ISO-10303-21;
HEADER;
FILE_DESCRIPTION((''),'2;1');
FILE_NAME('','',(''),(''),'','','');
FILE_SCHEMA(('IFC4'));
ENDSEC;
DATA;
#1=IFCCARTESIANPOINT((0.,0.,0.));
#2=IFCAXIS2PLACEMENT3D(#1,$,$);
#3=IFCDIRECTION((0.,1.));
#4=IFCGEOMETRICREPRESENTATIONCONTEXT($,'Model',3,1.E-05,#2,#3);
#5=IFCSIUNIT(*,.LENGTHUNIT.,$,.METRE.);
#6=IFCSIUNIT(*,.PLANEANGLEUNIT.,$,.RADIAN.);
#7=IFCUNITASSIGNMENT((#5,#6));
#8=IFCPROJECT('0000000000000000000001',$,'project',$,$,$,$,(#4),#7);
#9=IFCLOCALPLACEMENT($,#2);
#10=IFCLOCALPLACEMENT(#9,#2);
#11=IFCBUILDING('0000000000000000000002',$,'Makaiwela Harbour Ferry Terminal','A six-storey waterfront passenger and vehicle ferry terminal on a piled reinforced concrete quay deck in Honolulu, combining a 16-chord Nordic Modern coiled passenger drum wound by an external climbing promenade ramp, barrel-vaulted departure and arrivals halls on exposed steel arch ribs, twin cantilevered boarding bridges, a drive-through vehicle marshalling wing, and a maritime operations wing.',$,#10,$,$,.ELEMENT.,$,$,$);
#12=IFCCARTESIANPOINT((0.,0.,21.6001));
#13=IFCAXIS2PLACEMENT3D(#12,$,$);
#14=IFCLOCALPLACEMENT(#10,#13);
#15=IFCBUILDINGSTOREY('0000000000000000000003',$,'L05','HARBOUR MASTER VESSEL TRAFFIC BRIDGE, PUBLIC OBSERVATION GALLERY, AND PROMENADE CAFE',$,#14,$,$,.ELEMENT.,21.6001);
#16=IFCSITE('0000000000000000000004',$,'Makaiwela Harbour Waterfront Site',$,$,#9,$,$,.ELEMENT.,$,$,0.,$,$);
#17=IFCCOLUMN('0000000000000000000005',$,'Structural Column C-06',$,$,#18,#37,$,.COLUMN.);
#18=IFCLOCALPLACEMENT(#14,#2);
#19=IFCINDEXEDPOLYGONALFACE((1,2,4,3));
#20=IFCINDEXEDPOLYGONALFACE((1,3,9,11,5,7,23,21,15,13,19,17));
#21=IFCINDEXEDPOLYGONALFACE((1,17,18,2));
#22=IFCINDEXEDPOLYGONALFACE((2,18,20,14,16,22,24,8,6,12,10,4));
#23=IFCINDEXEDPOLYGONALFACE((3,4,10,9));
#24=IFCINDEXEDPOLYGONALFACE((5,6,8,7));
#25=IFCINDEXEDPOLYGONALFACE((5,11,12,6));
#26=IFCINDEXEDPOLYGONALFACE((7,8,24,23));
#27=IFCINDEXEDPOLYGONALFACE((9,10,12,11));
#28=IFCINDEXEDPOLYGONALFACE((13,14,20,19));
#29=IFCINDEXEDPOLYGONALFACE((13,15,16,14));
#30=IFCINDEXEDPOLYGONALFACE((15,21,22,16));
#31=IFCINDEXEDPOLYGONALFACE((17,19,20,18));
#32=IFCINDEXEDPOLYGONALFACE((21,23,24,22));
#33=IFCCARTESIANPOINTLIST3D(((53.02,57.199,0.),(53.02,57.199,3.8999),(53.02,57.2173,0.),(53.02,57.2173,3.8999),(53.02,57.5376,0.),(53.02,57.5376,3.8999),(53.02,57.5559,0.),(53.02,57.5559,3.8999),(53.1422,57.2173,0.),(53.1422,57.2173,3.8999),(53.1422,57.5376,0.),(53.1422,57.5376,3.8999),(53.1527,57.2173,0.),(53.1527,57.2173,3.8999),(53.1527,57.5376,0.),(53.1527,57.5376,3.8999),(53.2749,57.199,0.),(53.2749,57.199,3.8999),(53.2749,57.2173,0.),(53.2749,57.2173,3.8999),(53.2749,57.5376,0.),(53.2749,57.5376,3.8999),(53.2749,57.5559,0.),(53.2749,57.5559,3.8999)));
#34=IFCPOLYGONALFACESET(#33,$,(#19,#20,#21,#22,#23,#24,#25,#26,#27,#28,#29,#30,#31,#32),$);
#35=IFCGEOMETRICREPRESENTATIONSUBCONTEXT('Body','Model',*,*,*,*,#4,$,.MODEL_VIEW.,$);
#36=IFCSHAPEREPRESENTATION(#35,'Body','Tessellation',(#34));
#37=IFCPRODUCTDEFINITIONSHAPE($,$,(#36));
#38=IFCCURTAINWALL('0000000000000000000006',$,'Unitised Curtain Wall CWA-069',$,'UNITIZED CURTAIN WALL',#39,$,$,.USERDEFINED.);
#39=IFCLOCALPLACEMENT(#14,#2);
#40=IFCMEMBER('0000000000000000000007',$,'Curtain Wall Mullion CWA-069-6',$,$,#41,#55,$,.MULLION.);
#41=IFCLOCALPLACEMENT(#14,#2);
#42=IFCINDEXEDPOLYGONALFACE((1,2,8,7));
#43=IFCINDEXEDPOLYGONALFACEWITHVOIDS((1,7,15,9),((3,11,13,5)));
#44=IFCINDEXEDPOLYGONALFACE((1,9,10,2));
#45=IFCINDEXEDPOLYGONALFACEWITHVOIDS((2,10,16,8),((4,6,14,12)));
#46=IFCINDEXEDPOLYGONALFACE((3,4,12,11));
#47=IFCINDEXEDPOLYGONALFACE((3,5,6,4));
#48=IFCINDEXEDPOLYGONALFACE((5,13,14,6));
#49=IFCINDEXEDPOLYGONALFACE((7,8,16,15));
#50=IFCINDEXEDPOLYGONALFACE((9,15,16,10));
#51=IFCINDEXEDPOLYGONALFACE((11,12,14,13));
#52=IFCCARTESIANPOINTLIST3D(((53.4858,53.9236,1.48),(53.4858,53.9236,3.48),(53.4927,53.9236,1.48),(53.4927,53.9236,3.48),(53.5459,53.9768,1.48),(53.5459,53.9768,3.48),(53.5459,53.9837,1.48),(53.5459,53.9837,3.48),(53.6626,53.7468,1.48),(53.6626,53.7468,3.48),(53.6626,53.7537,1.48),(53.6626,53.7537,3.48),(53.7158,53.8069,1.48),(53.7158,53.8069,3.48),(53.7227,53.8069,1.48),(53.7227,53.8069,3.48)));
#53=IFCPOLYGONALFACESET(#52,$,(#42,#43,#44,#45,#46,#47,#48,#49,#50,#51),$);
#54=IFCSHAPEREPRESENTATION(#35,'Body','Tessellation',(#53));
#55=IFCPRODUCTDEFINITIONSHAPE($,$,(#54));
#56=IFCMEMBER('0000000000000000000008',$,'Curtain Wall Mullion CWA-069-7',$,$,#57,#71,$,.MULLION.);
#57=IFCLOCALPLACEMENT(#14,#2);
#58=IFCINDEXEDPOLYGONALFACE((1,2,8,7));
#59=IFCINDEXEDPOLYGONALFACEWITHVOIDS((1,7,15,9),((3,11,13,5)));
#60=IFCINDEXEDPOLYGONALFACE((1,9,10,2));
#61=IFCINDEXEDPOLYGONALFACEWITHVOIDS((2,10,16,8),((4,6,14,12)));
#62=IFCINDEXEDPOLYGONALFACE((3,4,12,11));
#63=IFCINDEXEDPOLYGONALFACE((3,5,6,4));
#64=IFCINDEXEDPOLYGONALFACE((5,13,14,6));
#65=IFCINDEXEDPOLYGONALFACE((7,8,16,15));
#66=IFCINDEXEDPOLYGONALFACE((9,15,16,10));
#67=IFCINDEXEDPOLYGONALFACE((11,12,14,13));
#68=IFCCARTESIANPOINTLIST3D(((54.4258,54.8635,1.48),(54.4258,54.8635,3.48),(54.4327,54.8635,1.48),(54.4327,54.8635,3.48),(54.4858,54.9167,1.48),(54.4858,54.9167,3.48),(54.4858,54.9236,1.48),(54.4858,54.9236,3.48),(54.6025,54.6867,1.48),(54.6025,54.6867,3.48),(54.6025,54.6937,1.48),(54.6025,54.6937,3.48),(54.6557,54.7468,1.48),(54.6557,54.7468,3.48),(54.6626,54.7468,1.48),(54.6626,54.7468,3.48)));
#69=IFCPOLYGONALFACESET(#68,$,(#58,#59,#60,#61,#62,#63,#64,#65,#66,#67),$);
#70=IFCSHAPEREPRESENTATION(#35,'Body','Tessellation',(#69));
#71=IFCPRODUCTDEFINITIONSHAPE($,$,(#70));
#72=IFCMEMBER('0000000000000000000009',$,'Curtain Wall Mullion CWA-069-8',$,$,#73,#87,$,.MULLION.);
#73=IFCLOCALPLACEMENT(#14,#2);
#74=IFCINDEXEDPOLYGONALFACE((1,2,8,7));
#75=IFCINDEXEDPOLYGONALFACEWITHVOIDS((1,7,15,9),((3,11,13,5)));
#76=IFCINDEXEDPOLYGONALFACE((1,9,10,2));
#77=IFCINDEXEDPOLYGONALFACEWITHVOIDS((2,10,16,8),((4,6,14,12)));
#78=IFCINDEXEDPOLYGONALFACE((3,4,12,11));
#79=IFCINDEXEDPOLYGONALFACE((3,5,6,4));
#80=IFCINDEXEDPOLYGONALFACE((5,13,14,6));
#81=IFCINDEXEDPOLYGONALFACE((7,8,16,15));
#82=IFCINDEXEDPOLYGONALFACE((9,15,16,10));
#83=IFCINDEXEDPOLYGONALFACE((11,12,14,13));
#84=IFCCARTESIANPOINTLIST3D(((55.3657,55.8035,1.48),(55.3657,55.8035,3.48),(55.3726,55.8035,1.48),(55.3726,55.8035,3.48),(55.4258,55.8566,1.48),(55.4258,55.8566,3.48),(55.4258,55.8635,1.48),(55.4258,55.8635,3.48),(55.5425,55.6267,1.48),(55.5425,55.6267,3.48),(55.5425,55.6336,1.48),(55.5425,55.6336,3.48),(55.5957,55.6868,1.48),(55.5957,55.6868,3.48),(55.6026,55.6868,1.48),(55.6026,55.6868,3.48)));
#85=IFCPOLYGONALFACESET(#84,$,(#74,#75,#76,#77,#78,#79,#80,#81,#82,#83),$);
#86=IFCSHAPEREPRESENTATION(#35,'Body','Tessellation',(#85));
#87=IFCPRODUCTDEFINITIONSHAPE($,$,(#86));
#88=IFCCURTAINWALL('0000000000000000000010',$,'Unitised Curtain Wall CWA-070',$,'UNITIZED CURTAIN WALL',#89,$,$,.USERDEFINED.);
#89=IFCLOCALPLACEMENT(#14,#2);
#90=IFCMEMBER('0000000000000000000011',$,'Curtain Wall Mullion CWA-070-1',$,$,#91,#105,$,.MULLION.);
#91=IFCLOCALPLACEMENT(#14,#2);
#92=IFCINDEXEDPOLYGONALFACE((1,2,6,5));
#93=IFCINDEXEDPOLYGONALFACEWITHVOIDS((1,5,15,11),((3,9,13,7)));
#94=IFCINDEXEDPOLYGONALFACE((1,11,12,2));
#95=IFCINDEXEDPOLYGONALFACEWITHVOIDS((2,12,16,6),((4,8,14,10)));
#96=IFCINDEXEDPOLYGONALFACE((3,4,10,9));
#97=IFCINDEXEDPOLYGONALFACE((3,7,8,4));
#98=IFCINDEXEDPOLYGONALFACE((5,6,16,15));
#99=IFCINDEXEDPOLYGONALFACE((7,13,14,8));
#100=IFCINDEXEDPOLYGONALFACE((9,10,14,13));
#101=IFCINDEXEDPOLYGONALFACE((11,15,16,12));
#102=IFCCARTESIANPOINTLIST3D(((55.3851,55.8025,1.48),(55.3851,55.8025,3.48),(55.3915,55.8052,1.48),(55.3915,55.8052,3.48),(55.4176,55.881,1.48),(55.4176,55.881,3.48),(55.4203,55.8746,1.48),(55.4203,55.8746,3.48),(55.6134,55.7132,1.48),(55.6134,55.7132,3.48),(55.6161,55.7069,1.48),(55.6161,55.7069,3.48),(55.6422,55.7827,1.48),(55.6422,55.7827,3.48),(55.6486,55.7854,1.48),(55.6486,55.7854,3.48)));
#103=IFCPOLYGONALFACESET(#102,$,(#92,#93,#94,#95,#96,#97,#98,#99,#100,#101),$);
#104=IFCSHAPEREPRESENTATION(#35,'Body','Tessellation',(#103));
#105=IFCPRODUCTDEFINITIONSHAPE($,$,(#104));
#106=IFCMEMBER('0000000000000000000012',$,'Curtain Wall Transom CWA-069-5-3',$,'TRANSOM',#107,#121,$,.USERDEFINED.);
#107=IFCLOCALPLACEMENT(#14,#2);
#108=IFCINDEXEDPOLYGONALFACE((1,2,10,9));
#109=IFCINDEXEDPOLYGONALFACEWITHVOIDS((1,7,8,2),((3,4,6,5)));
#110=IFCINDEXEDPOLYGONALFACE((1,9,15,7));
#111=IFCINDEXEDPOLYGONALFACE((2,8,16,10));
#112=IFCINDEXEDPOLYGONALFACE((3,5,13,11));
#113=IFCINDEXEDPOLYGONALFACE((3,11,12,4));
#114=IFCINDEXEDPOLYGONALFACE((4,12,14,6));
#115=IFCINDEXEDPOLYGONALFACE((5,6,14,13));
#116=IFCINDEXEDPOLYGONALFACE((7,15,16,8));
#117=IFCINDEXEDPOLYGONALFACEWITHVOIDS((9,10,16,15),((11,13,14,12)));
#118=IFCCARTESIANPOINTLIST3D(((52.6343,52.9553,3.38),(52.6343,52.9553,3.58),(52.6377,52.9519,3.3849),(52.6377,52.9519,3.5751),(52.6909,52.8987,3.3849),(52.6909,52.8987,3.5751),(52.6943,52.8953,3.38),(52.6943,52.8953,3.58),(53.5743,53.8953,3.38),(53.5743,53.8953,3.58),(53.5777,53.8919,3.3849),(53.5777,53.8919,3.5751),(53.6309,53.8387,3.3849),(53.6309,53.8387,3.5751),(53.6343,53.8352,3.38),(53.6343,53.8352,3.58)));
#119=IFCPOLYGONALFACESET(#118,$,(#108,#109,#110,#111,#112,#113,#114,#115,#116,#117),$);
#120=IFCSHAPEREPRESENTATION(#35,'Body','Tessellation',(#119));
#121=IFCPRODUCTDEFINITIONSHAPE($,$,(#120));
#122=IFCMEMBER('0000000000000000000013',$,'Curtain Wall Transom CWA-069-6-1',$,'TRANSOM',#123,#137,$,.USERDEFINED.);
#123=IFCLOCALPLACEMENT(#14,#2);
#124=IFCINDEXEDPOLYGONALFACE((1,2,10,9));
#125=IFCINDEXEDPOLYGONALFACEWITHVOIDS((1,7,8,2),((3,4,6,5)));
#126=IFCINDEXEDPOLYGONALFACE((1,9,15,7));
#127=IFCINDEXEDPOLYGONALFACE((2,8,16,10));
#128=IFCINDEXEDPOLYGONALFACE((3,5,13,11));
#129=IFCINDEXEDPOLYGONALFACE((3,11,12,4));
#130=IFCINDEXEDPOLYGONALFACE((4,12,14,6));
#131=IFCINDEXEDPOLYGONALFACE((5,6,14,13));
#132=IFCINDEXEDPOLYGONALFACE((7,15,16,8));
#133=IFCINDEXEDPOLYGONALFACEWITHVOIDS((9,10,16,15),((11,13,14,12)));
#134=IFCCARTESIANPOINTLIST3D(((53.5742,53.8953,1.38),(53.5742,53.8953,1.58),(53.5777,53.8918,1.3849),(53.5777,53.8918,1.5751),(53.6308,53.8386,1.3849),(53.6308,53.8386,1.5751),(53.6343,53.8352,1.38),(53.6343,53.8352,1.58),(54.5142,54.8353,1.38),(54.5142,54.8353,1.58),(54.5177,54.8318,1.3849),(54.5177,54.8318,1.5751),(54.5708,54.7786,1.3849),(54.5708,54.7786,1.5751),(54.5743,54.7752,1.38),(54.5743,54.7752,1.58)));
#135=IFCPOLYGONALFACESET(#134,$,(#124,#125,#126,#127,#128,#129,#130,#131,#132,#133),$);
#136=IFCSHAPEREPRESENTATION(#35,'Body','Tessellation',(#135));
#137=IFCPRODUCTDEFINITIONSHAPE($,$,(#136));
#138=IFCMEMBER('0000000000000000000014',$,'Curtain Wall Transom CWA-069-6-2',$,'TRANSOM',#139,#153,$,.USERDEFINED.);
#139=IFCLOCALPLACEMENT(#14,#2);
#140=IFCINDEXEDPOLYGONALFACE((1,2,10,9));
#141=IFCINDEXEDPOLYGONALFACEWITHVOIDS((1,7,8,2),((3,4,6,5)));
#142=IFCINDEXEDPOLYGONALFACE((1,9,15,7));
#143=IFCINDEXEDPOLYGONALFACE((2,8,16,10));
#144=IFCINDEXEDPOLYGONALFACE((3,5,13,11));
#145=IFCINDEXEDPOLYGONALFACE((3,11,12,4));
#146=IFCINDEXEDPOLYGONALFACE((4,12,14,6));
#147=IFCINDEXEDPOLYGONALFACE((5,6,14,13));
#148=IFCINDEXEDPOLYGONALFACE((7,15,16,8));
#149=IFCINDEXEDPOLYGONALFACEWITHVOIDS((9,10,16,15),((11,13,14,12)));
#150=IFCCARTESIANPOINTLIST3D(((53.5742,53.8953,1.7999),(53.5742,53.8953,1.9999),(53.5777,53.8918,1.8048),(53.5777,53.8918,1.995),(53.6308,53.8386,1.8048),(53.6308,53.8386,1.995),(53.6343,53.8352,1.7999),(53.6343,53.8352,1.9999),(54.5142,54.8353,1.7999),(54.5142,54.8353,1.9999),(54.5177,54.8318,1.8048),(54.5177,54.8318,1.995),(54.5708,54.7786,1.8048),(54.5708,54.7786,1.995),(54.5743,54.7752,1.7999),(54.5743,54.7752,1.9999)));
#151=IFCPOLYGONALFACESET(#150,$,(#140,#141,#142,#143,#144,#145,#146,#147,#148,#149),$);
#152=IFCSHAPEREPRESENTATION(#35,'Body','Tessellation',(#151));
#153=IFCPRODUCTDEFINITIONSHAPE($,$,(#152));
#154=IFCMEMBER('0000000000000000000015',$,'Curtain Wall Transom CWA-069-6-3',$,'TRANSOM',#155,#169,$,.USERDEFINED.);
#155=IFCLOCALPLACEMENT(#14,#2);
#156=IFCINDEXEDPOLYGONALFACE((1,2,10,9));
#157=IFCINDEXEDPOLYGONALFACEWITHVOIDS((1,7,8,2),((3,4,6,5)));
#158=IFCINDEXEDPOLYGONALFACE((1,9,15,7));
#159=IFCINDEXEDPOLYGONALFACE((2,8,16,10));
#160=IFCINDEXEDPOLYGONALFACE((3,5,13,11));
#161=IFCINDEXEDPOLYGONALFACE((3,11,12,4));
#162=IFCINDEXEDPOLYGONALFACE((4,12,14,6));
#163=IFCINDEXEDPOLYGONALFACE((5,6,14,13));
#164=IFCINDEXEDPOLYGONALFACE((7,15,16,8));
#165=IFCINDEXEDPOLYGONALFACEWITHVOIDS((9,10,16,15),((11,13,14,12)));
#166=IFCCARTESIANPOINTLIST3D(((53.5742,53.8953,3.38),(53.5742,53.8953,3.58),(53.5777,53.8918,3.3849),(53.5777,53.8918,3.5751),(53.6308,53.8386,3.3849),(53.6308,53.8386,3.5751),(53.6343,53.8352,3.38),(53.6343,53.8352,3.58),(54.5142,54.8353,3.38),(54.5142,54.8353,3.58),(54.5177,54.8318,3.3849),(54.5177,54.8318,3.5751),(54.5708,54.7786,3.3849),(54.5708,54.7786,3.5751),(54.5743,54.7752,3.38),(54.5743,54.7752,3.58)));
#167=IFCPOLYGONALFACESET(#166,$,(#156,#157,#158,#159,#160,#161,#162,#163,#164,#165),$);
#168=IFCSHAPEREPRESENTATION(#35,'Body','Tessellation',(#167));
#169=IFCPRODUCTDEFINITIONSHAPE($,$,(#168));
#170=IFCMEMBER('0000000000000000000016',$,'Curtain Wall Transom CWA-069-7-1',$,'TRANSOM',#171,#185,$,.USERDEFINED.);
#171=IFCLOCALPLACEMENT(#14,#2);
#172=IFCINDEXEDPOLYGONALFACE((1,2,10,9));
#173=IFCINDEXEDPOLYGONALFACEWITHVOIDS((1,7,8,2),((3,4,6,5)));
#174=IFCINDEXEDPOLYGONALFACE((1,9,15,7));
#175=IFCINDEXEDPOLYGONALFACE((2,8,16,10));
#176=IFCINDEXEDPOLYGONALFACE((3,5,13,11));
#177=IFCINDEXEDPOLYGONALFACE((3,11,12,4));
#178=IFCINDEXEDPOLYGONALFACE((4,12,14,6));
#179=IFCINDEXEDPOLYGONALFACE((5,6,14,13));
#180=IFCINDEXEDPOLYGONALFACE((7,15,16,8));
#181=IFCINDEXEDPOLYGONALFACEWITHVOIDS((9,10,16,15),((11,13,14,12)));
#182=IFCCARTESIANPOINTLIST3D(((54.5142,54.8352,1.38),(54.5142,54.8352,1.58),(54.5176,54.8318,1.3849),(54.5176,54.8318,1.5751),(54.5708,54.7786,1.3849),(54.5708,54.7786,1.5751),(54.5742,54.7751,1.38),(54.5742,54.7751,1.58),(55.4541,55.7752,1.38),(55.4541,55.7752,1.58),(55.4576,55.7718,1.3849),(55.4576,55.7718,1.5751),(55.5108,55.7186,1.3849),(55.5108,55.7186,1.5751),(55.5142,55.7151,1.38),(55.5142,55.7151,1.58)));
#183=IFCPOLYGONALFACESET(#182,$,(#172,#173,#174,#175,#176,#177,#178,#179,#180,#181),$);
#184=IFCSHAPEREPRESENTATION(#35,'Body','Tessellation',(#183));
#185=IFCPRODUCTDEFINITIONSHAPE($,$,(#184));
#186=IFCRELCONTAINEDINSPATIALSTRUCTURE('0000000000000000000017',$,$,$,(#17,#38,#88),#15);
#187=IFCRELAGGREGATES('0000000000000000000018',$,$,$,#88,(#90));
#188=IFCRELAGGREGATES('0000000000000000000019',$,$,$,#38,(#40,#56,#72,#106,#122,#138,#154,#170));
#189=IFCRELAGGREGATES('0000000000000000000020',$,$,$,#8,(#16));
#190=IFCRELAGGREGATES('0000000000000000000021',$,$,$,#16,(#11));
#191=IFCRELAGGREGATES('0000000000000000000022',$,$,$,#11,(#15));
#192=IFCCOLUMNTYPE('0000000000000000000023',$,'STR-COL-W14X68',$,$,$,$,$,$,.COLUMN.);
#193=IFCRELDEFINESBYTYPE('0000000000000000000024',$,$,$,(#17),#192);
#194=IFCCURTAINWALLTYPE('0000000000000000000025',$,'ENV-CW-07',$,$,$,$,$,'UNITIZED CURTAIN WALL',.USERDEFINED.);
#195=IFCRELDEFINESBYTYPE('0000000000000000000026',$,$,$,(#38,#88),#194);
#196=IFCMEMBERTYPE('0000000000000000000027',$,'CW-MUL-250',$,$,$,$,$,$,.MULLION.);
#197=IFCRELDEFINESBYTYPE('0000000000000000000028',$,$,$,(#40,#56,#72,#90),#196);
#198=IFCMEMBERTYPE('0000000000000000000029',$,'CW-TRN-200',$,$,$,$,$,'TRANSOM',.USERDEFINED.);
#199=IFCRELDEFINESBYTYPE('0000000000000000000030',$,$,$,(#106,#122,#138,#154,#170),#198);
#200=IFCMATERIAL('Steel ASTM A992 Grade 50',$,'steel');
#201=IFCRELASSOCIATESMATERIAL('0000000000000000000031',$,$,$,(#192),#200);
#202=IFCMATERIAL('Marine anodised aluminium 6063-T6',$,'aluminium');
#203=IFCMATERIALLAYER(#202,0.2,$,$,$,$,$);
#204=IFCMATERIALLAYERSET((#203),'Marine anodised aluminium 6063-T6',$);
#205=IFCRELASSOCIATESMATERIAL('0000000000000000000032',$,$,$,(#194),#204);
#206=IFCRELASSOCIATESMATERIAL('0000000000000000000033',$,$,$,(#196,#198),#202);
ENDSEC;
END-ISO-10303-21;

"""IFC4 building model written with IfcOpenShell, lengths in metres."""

from ifc_helpers import new_model, si_unit, direction, frame, origin, origin_2d, place, context, subcontext, project, spatial, hollow_rectangle, i_section, extrude, material, layer, layer_set, material_profile, profile_set, type_object, element, aggregate, save


model = new_model("IFC4")

# Units and contexts
model_context = context("Model", 3, precision=1e-05, world=origin(), true_north=direction((0.0, 1.0)))
body_context = subcontext(model_context, "Body", "Model", "MODEL_VIEW")
ifc_project = project(units=[si_unit("LENGTHUNIT", "METRE"), si_unit("PLANEANGLEUNIT", "RADIAN")], contexts=[model_context])

# Site, building, storey
site_placement = place(None, origin())
site = spatial("IfcSite", under=ifc_project, at=site_placement, Name="Makaiwela Harbour Waterfront Site", CompositionType="ELEMENT", RefElevation=0.0)
building_placement = place(site_placement, origin())
building = spatial("IfcBuilding", under=site, at=building_placement, Name="Makaiwela Harbour Ferry Terminal", Description="A six-storey waterfront passenger and vehicle ferry terminal on a piled reinforced concrete quay deck in Honolulu, combining a 16-chord Nordic Modern coiled passenger drum wound by an external climbing promenade ramp, barrel-vaulted departure and arrivals halls on exposed steel arch ribs, twin cantilevered boarding bridges, a drive-through vehicle marshalling wing, and a maritime operations wing.", CompositionType="ELEMENT")
storey_placement = place(building_placement, frame((0.0, 0.0, 21.6001)))
storey = spatial("IfcBuildingStorey", under=building, at=storey_placement, Name="L05", Description="HARBOUR MASTER VESSEL TRAFFIC BRIDGE, PUBLIC OBSERVATION GALLERY, AND PROMENADE CAFE", CompositionType="ELEMENT", Elevation=21.6001)

# Column
ifc_material_1 = material(Name="Steel ASTM A992 Grade 50", Category="steel")
ifc_material_profile_1 = material_profile(ifc_material_1, i_section(OverallWidth=0.2549, OverallDepth=0.3569, WebThickness=0.0105, FlangeThickness=0.0183, at=origin_2d()), Name="W14X68")
ifc_profile_set_1 = profile_set([ifc_material_profile_1], Name="Steel ASTM A992 Grade 50")
column_type = type_object("IfcColumnType", Name="STR-COL-W14X68", PredefinedType="COLUMN", material=ifc_profile_set_1)
column_placement = place(storey_placement, frame((53.1475, 57.3774, 0.0), z_axis=(0.0, 0.0, 1.0), x_axis=(1.0, 0.0, 0.0)))
element("IfcColumn", 1, at=column_placement, inside=storey, type_object=column_type, Name="Structural Column C-06", PredefinedType="COLUMN", context=body_context, shape_type="SweptSolid", body=[
    extrude(i_section(OverallWidth=0.2549, OverallDepth=0.3569, WebThickness=0.0105, FlangeThickness=0.0183, at=origin_2d()), origin(), (0.0, 0.0, 1.0), 3.8999),
])

# Curtain wall, members
ifc_material_2 = material(Name="Marine anodised aluminium 6063-T6", Category="aluminium")
ifc_layer_1 = layer(ifc_material_2, 0.2)
ifc_layer_set_1 = layer_set([ifc_layer_1], Name="Marine anodised aluminium 6063-T6")
curtain_wall_type = type_object("IfcCurtainWallType", Name="ENV-CW-07", ElementType="UNITIZED CURTAIN WALL", PredefinedType="USERDEFINED", material=ifc_layer_set_1)
curtain_wall_1_placement = place(storey_placement, origin())
curtain_wall_1 = element("IfcCurtainWall", 2, at=curtain_wall_1_placement, inside=storey, type_object=curtain_wall_type, Name="Unitised Curtain Wall CWA-069", ObjectType="UNITIZED CURTAIN WALL", PredefinedType="USERDEFINED")
ifc_material_profile_2 = material_profile(ifc_material_2, hollow_rectangle(XDim=0.085, YDim=0.25, WallThickness=0.0049, at=origin_2d()), Name="CWM-250X85")
ifc_profile_set_2 = profile_set([ifc_material_profile_2], Name="Marine anodised aluminium 6063-T6")
member_type_1 = type_object("IfcMemberType", Name="CW-MUL-250", PredefinedType="MULLION", material=ifc_profile_set_2)
member_1_placement = place(storey_placement, frame((53.6042, 53.8652, 1.48), z_axis=(0.0, 0.0, 1.0), x_axis=(0.707107, 0.707107, 0.0)))
member_1 = element("IfcMember", 3, at=member_1_placement, type_object=member_type_1, Name="Curtain Wall Mullion CWA-069-6", PredefinedType="MULLION", context=body_context, shape_type="SweptSolid", body=[
    extrude(hollow_rectangle(XDim=0.085, YDim=0.25, WallThickness=0.0049, at=origin_2d()), origin(), (0.0, 0.0, 1.0), 2.0),
])
member_2_placement = place(storey_placement, frame((54.5442, 54.8052, 1.48), z_axis=(0.0, 0.0, 1.0), x_axis=(0.707107, 0.707107, 0.0)))
member_2 = element("IfcMember", 4, at=member_2_placement, type_object=member_type_1, Name="Curtain Wall Mullion CWA-069-7", PredefinedType="MULLION", context=body_context, shape_type="SweptSolid", body=[
    extrude(hollow_rectangle(XDim=0.085, YDim=0.25, WallThickness=0.0049, at=origin_2d()), origin(), (0.0, 0.0, 1.0), 2.0),
])
member_3_placement = place(storey_placement, frame((55.4841, 55.7451, 1.48), z_axis=(0.0, 0.0, 1.0), x_axis=(0.707107, 0.707107, 0.0)))
member_3 = element("IfcMember", 5, at=member_3_placement, type_object=member_type_1, Name="Curtain Wall Mullion CWA-069-8", PredefinedType="MULLION", context=body_context, shape_type="SweptSolid", body=[
    extrude(hollow_rectangle(XDim=0.085, YDim=0.25, WallThickness=0.0049, at=origin_2d()), origin(), (0.0, 0.0, 1.0), 2.0),
])

# Curtain wall, member
curtain_wall_2_placement = place(storey_placement, origin())
curtain_wall_2 = element("IfcCurtainWall", 6, at=curtain_wall_2_placement, inside=storey, type_object=curtain_wall_type, Name="Unitised Curtain Wall CWA-070", ObjectType="UNITIZED CURTAIN WALL", PredefinedType="USERDEFINED")
member_4_placement = place(storey_placement, frame((55.5168, 55.7939, 1.48), z_axis=(0.0, 0.0, 1.0), x_axis=(0.382683, 0.92388, 0.0)))
member_4 = element("IfcMember", 7, at=member_4_placement, type_object=member_type_1, Name="Curtain Wall Mullion CWA-070-1", PredefinedType="MULLION", context=body_context, shape_type="SweptSolid", body=[
    extrude(hollow_rectangle(XDim=0.085, YDim=0.25, WallThickness=0.0049, at=origin_2d()), origin(), (0.0, 0.0, 1.0), 2.0),
])

# Members
ifc_material_profile_3 = material_profile(ifc_material_2, hollow_rectangle(XDim=0.085, YDim=0.2, WallThickness=0.0049, at=origin_2d()), Name="CWT-200X85")
ifc_profile_set_3 = profile_set([ifc_material_profile_3], Name="Marine anodised aluminium 6063-T6")
member_type_2 = type_object("IfcMemberType", Name="CW-TRN-200", ElementType="TRANSOM", PredefinedType="USERDEFINED", material=ifc_profile_set_3)
member_5_placement = place(storey_placement, frame((52.6643, 52.9253, 3.48), z_axis=(0.707107, 0.707107, 0.0), x_axis=(-0.707107, 0.707107, 0.0)))
member_5 = element("IfcMember", 8, at=member_5_placement, type_object=member_type_2, Name="Curtain Wall Transom CWA-069-5-3", ObjectType="TRANSOM", PredefinedType="USERDEFINED", context=body_context, shape_type="SweptSolid", body=[
    extrude(hollow_rectangle(XDim=0.085, YDim=0.2, WallThickness=0.0049, at=origin_2d()), origin(), (0.0, 0.0, 1.0), 1.3293),
])
member_6_placement = place(storey_placement, frame((53.6042, 53.8652, 1.48), z_axis=(0.707107, 0.707107, 0.0), x_axis=(-0.707107, 0.707107, 0.0)))
member_6 = element("IfcMember", 9, at=member_6_placement, type_object=member_type_2, Name="Curtain Wall Transom CWA-069-6-1", ObjectType="TRANSOM", PredefinedType="USERDEFINED", context=body_context, shape_type="SweptSolid", body=[
    extrude(hollow_rectangle(XDim=0.085, YDim=0.2, WallThickness=0.0049, at=origin_2d()), origin(), (0.0, 0.0, 1.0), 1.3293),
])
member_7_placement = place(storey_placement, frame((53.6042, 53.8652, 1.8999), z_axis=(0.707107, 0.707107, 0.0), x_axis=(-0.707107, 0.707107, 0.0)))
member_7 = element("IfcMember", 10, at=member_7_placement, type_object=member_type_2, Name="Curtain Wall Transom CWA-069-6-2", ObjectType="TRANSOM", PredefinedType="USERDEFINED", context=body_context, shape_type="SweptSolid", body=[
    extrude(hollow_rectangle(XDim=0.085, YDim=0.2, WallThickness=0.0049, at=origin_2d()), origin(), (0.0, 0.0, 1.0), 1.3293),
])
member_8_placement = place(storey_placement, frame((53.6042, 53.8652, 3.48), z_axis=(0.707107, 0.707107, 0.0), x_axis=(-0.707107, 0.707107, 0.0)))
member_8 = element("IfcMember", 11, at=member_8_placement, type_object=member_type_2, Name="Curtain Wall Transom CWA-069-6-3", ObjectType="TRANSOM", PredefinedType="USERDEFINED", context=body_context, shape_type="SweptSolid", body=[
    extrude(hollow_rectangle(XDim=0.085, YDim=0.2, WallThickness=0.0049, at=origin_2d()), origin(), (0.0, 0.0, 1.0), 1.3293),
])
member_9_placement = place(storey_placement, frame((54.5442, 54.8052, 1.48), z_axis=(0.707107, 0.707107, 0.0), x_axis=(-0.707107, 0.707107, 0.0)))
member_9 = element("IfcMember", 12, at=member_9_placement, type_object=member_type_2, Name="Curtain Wall Transom CWA-069-7-1", ObjectType="TRANSOM", PredefinedType="USERDEFINED", context=body_context, shape_type="SweptSolid", body=[
    extrude(hollow_rectangle(XDim=0.085, YDim=0.2, WallThickness=0.0049, at=origin_2d()), origin(), (0.0, 0.0, 1.0), 1.3293),
])
aggregate(curtain_wall_2, [member_4])

aggregate(curtain_wall_1, [member_1, member_2, member_3, member_5, member_6, member_7, member_8, member_9])

save(model, "model.ifc")
